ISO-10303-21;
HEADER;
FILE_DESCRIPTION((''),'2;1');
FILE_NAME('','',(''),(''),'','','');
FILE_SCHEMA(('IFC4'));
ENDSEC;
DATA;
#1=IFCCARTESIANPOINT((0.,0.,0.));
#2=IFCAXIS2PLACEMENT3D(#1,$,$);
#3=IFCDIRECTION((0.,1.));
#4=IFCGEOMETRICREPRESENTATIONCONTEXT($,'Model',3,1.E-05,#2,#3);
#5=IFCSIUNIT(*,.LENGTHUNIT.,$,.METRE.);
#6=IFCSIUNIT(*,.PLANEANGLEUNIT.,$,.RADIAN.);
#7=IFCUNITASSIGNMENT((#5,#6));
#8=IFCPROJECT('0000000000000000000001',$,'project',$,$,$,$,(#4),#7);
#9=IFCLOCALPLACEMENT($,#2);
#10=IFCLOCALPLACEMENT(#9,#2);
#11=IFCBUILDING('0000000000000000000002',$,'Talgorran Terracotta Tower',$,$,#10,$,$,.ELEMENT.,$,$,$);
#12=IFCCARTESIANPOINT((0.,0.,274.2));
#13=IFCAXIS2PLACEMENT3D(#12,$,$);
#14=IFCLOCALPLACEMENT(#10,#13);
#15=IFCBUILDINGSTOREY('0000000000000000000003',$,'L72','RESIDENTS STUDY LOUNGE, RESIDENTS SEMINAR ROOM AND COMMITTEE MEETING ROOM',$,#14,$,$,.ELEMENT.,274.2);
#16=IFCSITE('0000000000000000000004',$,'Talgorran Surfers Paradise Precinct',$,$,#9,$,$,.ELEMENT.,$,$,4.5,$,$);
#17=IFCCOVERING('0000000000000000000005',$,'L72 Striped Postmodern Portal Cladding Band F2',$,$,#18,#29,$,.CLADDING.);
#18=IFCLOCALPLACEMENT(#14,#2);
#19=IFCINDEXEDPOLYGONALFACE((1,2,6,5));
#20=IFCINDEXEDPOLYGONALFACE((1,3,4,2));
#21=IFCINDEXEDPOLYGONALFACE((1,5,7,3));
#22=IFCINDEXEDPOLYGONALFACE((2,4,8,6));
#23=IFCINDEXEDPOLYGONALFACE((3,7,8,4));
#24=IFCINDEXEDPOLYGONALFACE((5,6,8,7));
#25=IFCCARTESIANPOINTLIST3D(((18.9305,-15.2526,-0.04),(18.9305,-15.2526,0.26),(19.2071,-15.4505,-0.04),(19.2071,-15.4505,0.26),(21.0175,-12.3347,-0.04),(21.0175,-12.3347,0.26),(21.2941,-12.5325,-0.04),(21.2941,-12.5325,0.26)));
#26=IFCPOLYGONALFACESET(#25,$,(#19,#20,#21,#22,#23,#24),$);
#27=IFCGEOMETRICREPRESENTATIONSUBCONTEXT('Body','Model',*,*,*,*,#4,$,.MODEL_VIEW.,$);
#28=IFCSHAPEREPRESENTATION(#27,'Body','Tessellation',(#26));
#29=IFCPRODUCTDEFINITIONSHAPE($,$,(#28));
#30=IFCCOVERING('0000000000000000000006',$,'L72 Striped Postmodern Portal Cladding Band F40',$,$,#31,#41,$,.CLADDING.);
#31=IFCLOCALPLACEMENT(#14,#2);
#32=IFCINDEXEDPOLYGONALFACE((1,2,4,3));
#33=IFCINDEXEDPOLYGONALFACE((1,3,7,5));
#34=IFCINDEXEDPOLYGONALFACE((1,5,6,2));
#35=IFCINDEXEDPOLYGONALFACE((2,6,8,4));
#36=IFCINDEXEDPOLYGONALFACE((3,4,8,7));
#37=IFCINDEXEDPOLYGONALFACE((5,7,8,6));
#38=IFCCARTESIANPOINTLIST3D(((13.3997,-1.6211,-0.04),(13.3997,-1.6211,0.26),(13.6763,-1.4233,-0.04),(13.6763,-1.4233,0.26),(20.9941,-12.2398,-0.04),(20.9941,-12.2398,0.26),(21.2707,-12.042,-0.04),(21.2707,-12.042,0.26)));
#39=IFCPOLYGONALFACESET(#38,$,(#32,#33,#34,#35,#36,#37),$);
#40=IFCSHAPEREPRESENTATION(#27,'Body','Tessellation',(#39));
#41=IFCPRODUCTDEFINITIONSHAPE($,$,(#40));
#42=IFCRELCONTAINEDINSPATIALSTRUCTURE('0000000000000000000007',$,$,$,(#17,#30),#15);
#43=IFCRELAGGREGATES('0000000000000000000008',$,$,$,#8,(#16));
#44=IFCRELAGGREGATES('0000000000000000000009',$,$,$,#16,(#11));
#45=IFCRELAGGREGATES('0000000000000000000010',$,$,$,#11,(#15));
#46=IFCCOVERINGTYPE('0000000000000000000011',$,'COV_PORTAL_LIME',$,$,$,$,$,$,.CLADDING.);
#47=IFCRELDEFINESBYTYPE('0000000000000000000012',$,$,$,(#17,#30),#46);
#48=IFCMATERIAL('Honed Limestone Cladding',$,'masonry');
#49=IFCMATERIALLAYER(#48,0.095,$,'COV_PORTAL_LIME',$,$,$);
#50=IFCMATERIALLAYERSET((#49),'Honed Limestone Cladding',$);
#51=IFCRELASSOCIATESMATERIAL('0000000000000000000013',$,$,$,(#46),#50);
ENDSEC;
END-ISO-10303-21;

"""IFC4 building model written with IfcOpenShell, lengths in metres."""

from ifc_helpers import new_model, si_unit, direction, frame, origin, origin_2d, place, context, subcontext, project, spatial, rectangle, extrude, material, layer, layer_set, type_object, element, save


model = new_model("IFC4")

# Units and contexts
model_context = context("Model", 3, precision=1e-05, world=origin(), true_north=direction((0.0, 1.0)))
body_context = subcontext(model_context, "Body", "Model", "MODEL_VIEW")
ifc_project = project(units=[si_unit("LENGTHUNIT", "METRE"), si_unit("PLANEANGLEUNIT", "RADIAN")], contexts=[model_context])

# Site, building, storey
site_placement = place(None, origin())
site = spatial("IfcSite", under=ifc_project, at=site_placement, Name="Talgorran Surfers Paradise Precinct", CompositionType="ELEMENT", RefElevation=4.5)
building_placement = place(site_placement, origin())
building = spatial("IfcBuilding", under=site, at=building_placement, Name="Talgorran Terracotta Tower", CompositionType="ELEMENT")
storey_placement = place(building_placement, frame((0.0, 0.0, 274.2)))
storey = spatial("IfcBuildingStorey", under=building, at=storey_placement, Name="L72", Description="RESIDENTS STUDY LOUNGE, RESIDENTS SEMINAR ROOM AND COMMITTEE MEETING ROOM", CompositionType="ELEMENT", Elevation=274.2)

# Coverings
ifc_material_1 = material(Name="Honed Limestone Cladding", Category="masonry")
ifc_layer_1 = layer(ifc_material_1, 0.095, Name="COV_PORTAL_LIME")
ifc_layer_set_1 = layer_set([ifc_layer_1], Name="Honed Limestone Cladding")
covering_type_1 = type_object("IfcCoveringType", Name="COV_PORTAL_LIME", PredefinedType="CLADDING", material=ifc_layer_set_1)
covering_1_placement = place(storey_placement, frame((20.1123, -13.8926, -0.04), z_axis=(0.0, 0.0, 1.0), x_axis=(0.58174, 0.813375, 0.0)))
element("IfcCovering", 1, at=covering_1_placement, inside=storey, type_object=covering_type_1, Name="L72 Striped Postmodern Portal Cladding Band F2", PredefinedType="CLADDING", context=body_context, shape_type="SweptSolid", body=[
    extrude(rectangle(XDim=3.5874, YDim=0.3401, at=origin_2d()), origin(), (0.0, 0.0, 1.0), 0.3),
])
covering_2_placement = place(storey_placement, frame((17.3352, -6.8315, -0.04), z_axis=(0.0, 0.0, 1.0), x_axis=(-0.581726, 0.813385, 0.0)))
element("IfcCovering", 2, at=covering_2_placement, inside=storey, type_object=covering_type_1, Name="L72 Striped Postmodern Portal Cladding Band F40", PredefinedType="CLADDING", context=body_context, shape_type="SweptSolid", body=[
    extrude(rectangle(XDim=13.0549, YDim=0.3401, at=origin_2d()), origin(), (0.0, 0.0, 1.0), 0.3),
])

save(model, "model.ifc")
